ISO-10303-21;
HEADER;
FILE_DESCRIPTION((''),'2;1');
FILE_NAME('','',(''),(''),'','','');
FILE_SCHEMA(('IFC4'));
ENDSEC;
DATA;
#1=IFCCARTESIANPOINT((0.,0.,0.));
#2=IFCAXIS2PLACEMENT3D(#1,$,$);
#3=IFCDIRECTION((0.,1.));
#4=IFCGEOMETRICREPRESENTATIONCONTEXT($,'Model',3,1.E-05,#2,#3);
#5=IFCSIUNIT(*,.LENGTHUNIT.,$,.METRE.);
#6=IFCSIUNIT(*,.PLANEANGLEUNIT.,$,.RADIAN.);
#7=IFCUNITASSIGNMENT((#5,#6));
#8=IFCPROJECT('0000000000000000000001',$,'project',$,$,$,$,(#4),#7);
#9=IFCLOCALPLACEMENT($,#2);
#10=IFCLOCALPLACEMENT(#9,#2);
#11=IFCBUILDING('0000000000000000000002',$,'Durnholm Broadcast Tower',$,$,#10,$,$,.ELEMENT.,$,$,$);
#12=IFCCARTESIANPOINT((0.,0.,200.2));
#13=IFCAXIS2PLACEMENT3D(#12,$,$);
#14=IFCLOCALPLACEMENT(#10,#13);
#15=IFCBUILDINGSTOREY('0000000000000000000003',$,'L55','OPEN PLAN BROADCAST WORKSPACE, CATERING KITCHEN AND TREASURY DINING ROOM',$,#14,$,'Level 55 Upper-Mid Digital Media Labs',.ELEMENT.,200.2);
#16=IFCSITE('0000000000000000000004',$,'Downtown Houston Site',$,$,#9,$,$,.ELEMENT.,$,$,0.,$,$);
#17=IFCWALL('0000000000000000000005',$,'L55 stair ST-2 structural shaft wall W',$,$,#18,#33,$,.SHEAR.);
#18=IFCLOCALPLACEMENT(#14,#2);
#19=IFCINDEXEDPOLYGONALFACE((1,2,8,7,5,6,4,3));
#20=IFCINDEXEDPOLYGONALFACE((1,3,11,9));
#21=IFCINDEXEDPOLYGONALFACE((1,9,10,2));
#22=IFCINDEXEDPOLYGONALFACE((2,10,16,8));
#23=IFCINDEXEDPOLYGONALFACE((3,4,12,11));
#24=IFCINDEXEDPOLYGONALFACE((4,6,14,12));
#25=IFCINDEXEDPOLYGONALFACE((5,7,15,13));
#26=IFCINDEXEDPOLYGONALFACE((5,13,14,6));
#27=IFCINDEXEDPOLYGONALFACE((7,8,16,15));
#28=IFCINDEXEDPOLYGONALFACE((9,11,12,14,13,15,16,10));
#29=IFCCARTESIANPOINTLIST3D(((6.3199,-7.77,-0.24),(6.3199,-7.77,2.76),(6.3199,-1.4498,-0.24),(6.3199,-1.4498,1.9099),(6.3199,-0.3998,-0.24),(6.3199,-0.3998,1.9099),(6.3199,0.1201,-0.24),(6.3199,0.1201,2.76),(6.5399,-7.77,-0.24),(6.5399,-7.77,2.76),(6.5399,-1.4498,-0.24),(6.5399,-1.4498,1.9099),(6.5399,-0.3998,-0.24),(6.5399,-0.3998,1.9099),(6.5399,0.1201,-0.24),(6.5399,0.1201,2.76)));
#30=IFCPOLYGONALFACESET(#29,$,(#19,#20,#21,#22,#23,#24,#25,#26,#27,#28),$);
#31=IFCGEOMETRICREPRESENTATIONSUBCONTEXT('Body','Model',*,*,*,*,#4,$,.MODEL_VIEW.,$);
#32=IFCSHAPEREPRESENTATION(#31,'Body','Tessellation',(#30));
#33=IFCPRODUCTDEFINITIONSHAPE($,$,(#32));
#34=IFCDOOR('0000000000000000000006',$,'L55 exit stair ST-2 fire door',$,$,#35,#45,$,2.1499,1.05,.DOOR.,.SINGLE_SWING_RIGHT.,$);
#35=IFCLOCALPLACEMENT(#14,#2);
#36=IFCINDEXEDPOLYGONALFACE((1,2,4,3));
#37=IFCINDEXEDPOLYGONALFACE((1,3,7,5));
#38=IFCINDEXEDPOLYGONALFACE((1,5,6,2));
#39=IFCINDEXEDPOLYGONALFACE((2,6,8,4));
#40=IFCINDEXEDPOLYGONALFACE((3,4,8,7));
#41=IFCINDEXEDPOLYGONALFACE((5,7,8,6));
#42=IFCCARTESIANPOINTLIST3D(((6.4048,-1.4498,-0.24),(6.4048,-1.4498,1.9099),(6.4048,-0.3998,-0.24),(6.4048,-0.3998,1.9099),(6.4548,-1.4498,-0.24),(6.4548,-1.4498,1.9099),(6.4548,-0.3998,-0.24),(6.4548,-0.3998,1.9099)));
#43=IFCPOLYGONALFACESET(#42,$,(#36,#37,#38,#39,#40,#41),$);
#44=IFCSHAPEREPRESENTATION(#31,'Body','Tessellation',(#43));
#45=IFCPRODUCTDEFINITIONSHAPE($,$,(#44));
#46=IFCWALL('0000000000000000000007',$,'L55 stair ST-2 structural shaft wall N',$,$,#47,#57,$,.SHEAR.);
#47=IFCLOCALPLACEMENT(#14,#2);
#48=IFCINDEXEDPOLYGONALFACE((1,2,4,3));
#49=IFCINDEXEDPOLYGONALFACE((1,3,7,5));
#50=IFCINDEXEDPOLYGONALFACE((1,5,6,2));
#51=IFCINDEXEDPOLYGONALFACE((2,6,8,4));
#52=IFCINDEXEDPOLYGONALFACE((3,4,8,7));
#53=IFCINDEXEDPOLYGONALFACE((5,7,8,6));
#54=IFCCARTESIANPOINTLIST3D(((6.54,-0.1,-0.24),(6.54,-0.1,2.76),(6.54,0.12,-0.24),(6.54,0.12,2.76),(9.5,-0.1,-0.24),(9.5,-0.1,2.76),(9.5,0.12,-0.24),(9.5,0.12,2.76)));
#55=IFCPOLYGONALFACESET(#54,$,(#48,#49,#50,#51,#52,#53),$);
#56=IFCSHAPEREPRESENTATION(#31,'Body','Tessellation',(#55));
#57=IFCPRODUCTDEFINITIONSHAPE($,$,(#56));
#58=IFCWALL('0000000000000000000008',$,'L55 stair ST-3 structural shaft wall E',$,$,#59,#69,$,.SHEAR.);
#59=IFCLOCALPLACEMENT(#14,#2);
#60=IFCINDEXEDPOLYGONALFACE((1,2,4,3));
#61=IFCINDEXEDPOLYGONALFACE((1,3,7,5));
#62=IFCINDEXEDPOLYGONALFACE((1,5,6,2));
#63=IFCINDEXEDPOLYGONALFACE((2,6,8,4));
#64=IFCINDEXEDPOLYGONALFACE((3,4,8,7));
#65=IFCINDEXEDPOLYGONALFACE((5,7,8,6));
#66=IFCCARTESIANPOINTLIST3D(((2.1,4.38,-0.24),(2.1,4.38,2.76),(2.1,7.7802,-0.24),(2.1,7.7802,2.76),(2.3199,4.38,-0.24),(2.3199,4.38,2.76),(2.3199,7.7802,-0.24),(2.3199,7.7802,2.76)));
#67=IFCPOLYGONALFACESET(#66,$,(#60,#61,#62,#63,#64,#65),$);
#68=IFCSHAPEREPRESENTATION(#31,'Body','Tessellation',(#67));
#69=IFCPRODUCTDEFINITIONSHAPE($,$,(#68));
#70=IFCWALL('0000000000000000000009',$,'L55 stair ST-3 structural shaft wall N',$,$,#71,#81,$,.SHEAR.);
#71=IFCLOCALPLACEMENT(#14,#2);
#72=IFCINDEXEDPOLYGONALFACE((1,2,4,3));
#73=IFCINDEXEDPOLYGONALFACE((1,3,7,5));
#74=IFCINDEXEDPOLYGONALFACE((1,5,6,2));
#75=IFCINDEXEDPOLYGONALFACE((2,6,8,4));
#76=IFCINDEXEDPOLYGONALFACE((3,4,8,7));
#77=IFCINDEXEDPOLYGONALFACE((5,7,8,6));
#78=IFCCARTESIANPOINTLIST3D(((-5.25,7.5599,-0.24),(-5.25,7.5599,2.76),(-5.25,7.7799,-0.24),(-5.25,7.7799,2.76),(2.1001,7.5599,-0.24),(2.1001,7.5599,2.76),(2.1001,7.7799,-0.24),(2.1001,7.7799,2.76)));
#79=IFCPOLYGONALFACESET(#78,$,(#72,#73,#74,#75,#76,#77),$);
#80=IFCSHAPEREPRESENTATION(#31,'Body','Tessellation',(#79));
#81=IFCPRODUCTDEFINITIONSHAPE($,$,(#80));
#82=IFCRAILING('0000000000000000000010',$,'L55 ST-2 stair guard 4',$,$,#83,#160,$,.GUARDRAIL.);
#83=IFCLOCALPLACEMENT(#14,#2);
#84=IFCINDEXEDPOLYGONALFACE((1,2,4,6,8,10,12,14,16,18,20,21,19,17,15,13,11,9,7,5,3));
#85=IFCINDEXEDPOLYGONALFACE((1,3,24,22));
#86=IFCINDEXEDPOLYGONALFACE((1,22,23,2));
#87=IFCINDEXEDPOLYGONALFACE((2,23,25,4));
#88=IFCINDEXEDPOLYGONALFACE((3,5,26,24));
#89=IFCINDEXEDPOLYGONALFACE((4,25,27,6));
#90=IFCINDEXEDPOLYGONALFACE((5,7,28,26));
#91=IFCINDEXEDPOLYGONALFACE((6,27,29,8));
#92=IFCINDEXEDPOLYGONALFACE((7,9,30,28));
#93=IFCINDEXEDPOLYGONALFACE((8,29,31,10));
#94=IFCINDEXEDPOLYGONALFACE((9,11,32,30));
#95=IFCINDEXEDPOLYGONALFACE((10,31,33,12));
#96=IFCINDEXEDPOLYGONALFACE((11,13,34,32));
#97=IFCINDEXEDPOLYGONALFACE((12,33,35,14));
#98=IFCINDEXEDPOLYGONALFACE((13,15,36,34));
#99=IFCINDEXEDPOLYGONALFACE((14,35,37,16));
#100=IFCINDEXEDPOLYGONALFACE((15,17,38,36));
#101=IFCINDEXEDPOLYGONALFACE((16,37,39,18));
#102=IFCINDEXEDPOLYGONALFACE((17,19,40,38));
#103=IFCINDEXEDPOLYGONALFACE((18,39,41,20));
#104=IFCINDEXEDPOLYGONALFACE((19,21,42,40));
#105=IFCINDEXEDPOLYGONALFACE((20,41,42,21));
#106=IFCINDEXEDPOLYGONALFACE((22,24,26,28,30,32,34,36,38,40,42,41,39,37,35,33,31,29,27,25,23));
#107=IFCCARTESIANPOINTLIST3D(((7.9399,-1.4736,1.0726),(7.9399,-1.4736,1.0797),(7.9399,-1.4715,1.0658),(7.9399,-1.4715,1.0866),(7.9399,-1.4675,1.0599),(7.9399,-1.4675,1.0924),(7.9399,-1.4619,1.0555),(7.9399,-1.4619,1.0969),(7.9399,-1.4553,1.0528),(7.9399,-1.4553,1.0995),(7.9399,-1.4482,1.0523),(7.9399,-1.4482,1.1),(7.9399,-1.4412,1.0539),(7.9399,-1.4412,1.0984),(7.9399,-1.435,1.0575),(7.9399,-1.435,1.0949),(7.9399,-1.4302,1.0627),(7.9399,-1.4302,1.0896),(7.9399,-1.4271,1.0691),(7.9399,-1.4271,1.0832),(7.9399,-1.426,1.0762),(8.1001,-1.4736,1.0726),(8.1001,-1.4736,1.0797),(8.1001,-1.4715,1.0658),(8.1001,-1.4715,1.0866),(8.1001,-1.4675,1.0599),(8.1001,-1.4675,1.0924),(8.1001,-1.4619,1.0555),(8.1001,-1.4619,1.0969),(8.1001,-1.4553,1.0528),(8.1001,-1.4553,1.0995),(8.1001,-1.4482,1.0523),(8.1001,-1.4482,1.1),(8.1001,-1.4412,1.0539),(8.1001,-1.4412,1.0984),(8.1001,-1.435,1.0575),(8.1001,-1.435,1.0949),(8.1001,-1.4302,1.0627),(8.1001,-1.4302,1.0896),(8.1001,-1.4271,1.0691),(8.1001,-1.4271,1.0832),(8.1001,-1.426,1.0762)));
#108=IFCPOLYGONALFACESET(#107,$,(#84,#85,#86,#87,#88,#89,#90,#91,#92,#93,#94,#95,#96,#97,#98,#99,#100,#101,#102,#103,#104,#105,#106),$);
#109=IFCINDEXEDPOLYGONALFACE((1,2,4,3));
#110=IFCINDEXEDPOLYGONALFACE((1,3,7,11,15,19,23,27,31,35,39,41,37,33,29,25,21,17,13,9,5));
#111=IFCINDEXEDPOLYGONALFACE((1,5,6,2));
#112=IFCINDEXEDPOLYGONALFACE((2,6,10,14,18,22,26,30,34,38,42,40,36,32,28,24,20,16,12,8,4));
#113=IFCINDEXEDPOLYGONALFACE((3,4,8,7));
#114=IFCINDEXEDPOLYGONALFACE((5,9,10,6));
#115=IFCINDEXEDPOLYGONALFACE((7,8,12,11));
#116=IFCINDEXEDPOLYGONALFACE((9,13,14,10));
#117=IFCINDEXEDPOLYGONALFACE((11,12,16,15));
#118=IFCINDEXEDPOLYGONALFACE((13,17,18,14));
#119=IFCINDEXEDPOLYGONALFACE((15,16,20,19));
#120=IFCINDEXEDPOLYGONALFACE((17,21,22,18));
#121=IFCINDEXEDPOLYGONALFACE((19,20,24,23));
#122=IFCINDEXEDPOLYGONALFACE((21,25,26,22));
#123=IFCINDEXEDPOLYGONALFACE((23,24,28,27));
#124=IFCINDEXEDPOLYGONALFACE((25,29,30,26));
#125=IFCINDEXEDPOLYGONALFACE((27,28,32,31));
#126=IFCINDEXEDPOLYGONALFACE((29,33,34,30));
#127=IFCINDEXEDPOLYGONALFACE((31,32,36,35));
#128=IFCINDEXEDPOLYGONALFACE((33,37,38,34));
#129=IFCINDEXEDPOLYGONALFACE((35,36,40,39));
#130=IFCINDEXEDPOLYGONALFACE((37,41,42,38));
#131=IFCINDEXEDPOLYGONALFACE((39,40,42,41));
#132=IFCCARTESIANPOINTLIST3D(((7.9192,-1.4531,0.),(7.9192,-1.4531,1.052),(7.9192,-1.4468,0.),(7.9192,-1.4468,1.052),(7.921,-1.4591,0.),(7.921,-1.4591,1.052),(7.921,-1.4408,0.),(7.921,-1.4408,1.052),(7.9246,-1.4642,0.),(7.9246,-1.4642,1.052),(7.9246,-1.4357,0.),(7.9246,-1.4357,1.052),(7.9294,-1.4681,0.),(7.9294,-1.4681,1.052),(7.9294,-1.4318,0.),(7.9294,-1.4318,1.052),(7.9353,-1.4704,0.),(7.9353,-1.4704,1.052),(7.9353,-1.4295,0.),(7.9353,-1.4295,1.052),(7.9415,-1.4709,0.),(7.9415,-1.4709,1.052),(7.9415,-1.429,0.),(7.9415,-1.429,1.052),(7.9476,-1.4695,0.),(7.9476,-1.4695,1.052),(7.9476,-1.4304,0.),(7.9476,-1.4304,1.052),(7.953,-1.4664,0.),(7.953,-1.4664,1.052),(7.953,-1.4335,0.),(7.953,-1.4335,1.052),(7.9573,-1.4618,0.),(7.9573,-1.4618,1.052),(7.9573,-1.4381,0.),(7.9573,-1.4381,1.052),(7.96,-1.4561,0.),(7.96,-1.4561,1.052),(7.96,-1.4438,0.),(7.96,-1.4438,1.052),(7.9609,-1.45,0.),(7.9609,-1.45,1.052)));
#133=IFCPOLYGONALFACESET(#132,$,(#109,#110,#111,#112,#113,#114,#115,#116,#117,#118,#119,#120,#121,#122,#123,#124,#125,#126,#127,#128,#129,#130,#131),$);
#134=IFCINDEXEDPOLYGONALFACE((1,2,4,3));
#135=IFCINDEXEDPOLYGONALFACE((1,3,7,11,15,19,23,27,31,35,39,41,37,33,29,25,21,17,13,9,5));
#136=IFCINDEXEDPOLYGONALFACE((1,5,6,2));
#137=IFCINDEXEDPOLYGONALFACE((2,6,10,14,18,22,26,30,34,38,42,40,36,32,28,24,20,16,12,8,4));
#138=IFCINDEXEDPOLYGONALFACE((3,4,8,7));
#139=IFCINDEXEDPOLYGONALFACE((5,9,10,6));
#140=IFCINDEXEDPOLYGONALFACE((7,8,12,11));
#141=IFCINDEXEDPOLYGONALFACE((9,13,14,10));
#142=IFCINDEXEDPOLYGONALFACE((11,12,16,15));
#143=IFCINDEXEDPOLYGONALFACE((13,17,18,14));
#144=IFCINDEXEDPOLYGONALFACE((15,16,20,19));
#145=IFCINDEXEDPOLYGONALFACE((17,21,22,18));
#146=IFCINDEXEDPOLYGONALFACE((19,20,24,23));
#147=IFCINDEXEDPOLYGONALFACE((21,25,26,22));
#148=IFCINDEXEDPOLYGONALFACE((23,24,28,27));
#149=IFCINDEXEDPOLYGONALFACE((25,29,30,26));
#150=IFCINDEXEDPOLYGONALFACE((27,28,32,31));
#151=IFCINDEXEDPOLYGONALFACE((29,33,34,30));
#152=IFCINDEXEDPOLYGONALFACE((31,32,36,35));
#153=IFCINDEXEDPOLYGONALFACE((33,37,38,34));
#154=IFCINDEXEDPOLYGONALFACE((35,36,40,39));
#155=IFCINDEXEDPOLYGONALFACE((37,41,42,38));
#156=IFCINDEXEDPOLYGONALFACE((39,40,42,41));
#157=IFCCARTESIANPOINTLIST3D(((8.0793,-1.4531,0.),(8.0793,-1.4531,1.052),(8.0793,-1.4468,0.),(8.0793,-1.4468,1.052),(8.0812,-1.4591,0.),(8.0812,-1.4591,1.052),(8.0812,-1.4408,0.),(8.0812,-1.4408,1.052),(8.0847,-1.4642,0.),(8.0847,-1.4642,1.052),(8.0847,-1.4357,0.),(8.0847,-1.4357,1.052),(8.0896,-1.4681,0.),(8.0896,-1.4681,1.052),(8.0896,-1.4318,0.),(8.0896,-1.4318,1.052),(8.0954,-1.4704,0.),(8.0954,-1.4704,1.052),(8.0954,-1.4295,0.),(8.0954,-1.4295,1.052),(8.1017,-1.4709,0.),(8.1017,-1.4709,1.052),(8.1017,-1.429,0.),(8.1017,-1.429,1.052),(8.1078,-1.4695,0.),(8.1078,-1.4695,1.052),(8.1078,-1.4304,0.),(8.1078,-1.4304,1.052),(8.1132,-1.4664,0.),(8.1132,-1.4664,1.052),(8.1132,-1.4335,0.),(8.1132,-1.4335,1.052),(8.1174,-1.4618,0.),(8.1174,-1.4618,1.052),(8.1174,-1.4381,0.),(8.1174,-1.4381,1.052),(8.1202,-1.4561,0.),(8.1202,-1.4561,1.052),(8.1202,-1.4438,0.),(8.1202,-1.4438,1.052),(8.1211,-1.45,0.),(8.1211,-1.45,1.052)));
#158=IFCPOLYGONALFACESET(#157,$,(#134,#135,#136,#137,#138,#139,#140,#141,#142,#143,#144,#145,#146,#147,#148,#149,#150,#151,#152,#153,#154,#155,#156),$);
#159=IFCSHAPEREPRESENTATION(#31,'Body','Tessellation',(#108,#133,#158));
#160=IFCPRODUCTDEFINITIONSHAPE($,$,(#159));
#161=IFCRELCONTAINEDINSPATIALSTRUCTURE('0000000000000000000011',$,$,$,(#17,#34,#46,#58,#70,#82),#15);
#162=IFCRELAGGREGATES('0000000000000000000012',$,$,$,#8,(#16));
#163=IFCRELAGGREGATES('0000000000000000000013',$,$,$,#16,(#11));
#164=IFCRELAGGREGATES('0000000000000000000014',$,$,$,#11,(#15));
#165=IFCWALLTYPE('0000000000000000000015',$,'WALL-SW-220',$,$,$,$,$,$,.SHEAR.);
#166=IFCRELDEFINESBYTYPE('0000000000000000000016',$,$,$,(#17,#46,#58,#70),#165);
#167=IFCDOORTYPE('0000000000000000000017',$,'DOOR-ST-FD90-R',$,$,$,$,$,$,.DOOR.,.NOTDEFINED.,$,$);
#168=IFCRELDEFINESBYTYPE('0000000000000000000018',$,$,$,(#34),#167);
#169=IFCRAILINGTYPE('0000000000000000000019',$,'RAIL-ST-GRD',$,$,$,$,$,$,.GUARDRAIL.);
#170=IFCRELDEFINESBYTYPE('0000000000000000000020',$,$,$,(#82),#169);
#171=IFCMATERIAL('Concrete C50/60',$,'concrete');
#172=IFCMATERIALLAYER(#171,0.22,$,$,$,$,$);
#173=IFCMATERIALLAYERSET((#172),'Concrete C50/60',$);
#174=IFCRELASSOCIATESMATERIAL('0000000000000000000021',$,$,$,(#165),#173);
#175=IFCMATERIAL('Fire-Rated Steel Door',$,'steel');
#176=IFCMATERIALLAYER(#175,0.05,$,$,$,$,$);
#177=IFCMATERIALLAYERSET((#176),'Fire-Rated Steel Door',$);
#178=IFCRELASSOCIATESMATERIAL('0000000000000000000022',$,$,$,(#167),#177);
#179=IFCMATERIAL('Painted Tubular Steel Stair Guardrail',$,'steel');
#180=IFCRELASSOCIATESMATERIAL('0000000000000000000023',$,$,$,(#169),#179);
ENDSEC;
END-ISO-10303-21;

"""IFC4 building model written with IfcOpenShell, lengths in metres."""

from ifc_helpers import new_model, si_unit, direction, frame, frame_2d, origin, origin_2d, place, context, subcontext, project, spatial, rectangle, circle, extrude, source, transform, mapped, material, layer, layer_set, type_object, type_shapes, element, fill, save


model = new_model("IFC4")

# Units and contexts
model_context = context("Model", 3, precision=1e-05, world=origin(), true_north=direction((0.0, 1.0)))
body_context = subcontext(model_context, "Body", "Model", "MODEL_VIEW")
ifc_project = project(units=[si_unit("LENGTHUNIT", "METRE"), si_unit("PLANEANGLEUNIT", "RADIAN")], contexts=[model_context])

# Site, building, storey
site_placement = place(None, origin())
site = spatial("IfcSite", under=ifc_project, at=site_placement, Name="Downtown Houston Site", CompositionType="ELEMENT", RefElevation=0.0)
building_placement = place(site_placement, origin())
building = spatial("IfcBuilding", under=site, at=building_placement, Name="Durnholm Broadcast Tower", CompositionType="ELEMENT")
storey_placement = place(building_placement, frame((0.0, 0.0, 200.2)))
storey = spatial("IfcBuildingStorey", under=building, at=storey_placement, Name="L55", Description="OPEN PLAN BROADCAST WORKSPACE, CATERING KITCHEN AND TREASURY DINING ROOM", LongName="Level 55 Upper-Mid Digital Media Labs", CompositionType="ELEMENT", Elevation=200.2)

# Wall, opening, door
ifc_material_1 = material(Name="Concrete C50/60", Category="concrete")
ifc_layer_1 = layer(ifc_material_1, 0.22)
ifc_layer_set_1 = layer_set([ifc_layer_1], Name="Concrete C50/60")
wall_type_1 = type_object("IfcWallType", Name="WALL-SW-220", PredefinedType="SHEAR", material=ifc_layer_set_1)
wall_1_placement = place(storey_placement, frame((6.4299, 0.1201, -0.24), z_axis=(0.0, 0.0, 1.0), x_axis=(0.0, -1.0, 0.0)))
wall_1 = element("IfcWall", 1, at=wall_1_placement, inside=storey, type_object=wall_type_1, Name="L55 stair ST-2 structural shaft wall W", PredefinedType="SHEAR", context=body_context, shape_type="SweptSolid", body=[
    extrude(rectangle(XDim=7.8901, YDim=0.22, at=frame_2d((3.9451, 0.0))), origin(), (0.0, 0.0, 1.0), 3.0),
])
opening_1_placement = place(wall_1_placement, frame((0.52, 0.0, 0.0)))
opening_1 = element("IfcOpeningElement", 2, at=opening_1_placement, cuts=wall_1, PredefinedType="OPENING", context=body_context, shape_type="SweptSolid", body=[
    extrude(rectangle(XDim=1.05, YDim=2.1499, at=frame_2d((0.5249, 1.075))), frame((0.0, 0.1201, 0.0), z_axis=(0.0, -1.0, 0.0), x_axis=(1.0, 0.0, 0.0)), (0.0, 0.0, 1.0), 0.24),
])
ifc_material_2 = material(Name="Fire-Rated Steel Door", Category="steel")
ifc_layer_2 = layer(ifc_material_2, 0.05)
ifc_layer_set_2 = layer_set([ifc_layer_2], Name="Fire-Rated Steel Door")
door_type_1 = type_object("IfcDoorType", Name="DOOR-ST-FD90-R", OperationType="NOTDEFINED", PredefinedType="DOOR", material=ifc_layer_set_2)
shared_shape_1 = source(origin(), body_context, "Body", "SweptSolid", [
    extrude(rectangle(XDim=1.05, YDim=2.1499, at=frame_2d((0.5249, 1.075))), frame((0.0, 0.0249, 0.0), z_axis=(0.0, -1.0, 0.0), x_axis=(1.0, 0.0, 0.0)), (0.0, 0.0, 1.0), 0.05),
])
type_shapes(door_type_1, [shared_shape_1])
door_1_placement = place(opening_1_placement, origin())
door_1 = element("IfcDoor", 3, at=door_1_placement, inside=storey, type_object=door_type_1, Name="L55 exit stair ST-2 fire door", OperationType="SINGLE_SWING_RIGHT", OverallHeight=2.1499, OverallWidth=1.05, PredefinedType="DOOR", context=body_context, shape_type="MappedRepresentation", body=[
    mapped(shared_shape_1, transform((0.0, 0.0, 0.0), x_axis=(1.0, 0.0, 0.0), y_axis=(0.0, 1.0, 0.0), z_axis=(0.0, 0.0, 1.0), scale=1.0)),
])
fill(opening_1, door_1)

# Walls
wall_2_placement = place(storey_placement, frame((9.5, 0.01, -0.24), z_axis=(0.0, 0.0, 1.0), x_axis=(-1.0, 0.0, 0.0)))
element("IfcWall", 4, at=wall_2_placement, inside=storey, type_object=wall_type_1, Name="L55 stair ST-2 structural shaft wall N", PredefinedType="SHEAR", context=body_context, shape_type="SweptSolid", body=[
    extrude(rectangle(XDim=2.96, YDim=0.22, at=frame_2d((1.48, 0.0))), origin(), (0.0, 0.0, 1.0), 3.0),
])
wall_3_placement = place(storey_placement, frame((2.21, 4.3799, -0.24), z_axis=(0.0, 0.0, 1.0), x_axis=(0.0, 1.0, 0.0)))
element("IfcWall", 5, at=wall_3_placement, inside=storey, type_object=wall_type_1, Name="L55 stair ST-3 structural shaft wall E", PredefinedType="SHEAR", context=body_context, shape_type="SweptSolid", body=[
    extrude(rectangle(XDim=3.4001, YDim=0.22, at=frame_2d((1.7002, 0.0))), origin(), (0.0, 0.0, 1.0), 3.0),
])
wall_4_placement = place(storey_placement, frame((2.1001, 7.6699, -0.24), z_axis=(0.0, 0.0, 1.0), x_axis=(-1.0, 0.0, 0.0)))
element("IfcWall", 6, at=wall_4_placement, inside=storey, type_object=wall_type_1, Name="L55 stair ST-3 structural shaft wall N", PredefinedType="SHEAR", context=body_context, shape_type="SweptSolid", body=[
    extrude(rectangle(XDim=7.3501, YDim=0.22, at=frame_2d((3.675, 0.0))), origin(), (0.0, 0.0, 1.0), 3.0),
])

# Railing
ifc_material_3 = material(Name="Painted Tubular Steel Stair Guardrail", Category="steel")
railing_type_1 = type_object("IfcRailingType", Name="RAIL-ST-GRD", PredefinedType="GUARDRAIL", material=ifc_material_3)
railing_1_placement = place(storey_placement, frame((7.9399, -1.45, 0.0)))
element("IfcRailing", 7, at=railing_1_placement, inside=storey, type_object=railing_type_1, Name="L55 ST-2 stair guard 4", PredefinedType="GUARDRAIL", context=body_context, shape_type="SweptSolid", body=[
    extrude(circle(Radius=0.0239, at=origin_2d()), frame((0.0, 0.0, 1.0762), z_axis=(1.0, 0.0, 0.0), x_axis=(0.0, 1.0, 0.0)), (0.0, 0.0, 1.0), 0.1602),
    extrude(circle(Radius=0.021, at=origin_2d()), origin(), (0.0, 0.0, 1.0), 1.052),
    extrude(circle(Radius=0.021, at=origin_2d()), frame((0.1602, 0.0, 0.0)), (0.0, 0.0, 1.0), 1.052),
])

save(model, "model.ifc")
